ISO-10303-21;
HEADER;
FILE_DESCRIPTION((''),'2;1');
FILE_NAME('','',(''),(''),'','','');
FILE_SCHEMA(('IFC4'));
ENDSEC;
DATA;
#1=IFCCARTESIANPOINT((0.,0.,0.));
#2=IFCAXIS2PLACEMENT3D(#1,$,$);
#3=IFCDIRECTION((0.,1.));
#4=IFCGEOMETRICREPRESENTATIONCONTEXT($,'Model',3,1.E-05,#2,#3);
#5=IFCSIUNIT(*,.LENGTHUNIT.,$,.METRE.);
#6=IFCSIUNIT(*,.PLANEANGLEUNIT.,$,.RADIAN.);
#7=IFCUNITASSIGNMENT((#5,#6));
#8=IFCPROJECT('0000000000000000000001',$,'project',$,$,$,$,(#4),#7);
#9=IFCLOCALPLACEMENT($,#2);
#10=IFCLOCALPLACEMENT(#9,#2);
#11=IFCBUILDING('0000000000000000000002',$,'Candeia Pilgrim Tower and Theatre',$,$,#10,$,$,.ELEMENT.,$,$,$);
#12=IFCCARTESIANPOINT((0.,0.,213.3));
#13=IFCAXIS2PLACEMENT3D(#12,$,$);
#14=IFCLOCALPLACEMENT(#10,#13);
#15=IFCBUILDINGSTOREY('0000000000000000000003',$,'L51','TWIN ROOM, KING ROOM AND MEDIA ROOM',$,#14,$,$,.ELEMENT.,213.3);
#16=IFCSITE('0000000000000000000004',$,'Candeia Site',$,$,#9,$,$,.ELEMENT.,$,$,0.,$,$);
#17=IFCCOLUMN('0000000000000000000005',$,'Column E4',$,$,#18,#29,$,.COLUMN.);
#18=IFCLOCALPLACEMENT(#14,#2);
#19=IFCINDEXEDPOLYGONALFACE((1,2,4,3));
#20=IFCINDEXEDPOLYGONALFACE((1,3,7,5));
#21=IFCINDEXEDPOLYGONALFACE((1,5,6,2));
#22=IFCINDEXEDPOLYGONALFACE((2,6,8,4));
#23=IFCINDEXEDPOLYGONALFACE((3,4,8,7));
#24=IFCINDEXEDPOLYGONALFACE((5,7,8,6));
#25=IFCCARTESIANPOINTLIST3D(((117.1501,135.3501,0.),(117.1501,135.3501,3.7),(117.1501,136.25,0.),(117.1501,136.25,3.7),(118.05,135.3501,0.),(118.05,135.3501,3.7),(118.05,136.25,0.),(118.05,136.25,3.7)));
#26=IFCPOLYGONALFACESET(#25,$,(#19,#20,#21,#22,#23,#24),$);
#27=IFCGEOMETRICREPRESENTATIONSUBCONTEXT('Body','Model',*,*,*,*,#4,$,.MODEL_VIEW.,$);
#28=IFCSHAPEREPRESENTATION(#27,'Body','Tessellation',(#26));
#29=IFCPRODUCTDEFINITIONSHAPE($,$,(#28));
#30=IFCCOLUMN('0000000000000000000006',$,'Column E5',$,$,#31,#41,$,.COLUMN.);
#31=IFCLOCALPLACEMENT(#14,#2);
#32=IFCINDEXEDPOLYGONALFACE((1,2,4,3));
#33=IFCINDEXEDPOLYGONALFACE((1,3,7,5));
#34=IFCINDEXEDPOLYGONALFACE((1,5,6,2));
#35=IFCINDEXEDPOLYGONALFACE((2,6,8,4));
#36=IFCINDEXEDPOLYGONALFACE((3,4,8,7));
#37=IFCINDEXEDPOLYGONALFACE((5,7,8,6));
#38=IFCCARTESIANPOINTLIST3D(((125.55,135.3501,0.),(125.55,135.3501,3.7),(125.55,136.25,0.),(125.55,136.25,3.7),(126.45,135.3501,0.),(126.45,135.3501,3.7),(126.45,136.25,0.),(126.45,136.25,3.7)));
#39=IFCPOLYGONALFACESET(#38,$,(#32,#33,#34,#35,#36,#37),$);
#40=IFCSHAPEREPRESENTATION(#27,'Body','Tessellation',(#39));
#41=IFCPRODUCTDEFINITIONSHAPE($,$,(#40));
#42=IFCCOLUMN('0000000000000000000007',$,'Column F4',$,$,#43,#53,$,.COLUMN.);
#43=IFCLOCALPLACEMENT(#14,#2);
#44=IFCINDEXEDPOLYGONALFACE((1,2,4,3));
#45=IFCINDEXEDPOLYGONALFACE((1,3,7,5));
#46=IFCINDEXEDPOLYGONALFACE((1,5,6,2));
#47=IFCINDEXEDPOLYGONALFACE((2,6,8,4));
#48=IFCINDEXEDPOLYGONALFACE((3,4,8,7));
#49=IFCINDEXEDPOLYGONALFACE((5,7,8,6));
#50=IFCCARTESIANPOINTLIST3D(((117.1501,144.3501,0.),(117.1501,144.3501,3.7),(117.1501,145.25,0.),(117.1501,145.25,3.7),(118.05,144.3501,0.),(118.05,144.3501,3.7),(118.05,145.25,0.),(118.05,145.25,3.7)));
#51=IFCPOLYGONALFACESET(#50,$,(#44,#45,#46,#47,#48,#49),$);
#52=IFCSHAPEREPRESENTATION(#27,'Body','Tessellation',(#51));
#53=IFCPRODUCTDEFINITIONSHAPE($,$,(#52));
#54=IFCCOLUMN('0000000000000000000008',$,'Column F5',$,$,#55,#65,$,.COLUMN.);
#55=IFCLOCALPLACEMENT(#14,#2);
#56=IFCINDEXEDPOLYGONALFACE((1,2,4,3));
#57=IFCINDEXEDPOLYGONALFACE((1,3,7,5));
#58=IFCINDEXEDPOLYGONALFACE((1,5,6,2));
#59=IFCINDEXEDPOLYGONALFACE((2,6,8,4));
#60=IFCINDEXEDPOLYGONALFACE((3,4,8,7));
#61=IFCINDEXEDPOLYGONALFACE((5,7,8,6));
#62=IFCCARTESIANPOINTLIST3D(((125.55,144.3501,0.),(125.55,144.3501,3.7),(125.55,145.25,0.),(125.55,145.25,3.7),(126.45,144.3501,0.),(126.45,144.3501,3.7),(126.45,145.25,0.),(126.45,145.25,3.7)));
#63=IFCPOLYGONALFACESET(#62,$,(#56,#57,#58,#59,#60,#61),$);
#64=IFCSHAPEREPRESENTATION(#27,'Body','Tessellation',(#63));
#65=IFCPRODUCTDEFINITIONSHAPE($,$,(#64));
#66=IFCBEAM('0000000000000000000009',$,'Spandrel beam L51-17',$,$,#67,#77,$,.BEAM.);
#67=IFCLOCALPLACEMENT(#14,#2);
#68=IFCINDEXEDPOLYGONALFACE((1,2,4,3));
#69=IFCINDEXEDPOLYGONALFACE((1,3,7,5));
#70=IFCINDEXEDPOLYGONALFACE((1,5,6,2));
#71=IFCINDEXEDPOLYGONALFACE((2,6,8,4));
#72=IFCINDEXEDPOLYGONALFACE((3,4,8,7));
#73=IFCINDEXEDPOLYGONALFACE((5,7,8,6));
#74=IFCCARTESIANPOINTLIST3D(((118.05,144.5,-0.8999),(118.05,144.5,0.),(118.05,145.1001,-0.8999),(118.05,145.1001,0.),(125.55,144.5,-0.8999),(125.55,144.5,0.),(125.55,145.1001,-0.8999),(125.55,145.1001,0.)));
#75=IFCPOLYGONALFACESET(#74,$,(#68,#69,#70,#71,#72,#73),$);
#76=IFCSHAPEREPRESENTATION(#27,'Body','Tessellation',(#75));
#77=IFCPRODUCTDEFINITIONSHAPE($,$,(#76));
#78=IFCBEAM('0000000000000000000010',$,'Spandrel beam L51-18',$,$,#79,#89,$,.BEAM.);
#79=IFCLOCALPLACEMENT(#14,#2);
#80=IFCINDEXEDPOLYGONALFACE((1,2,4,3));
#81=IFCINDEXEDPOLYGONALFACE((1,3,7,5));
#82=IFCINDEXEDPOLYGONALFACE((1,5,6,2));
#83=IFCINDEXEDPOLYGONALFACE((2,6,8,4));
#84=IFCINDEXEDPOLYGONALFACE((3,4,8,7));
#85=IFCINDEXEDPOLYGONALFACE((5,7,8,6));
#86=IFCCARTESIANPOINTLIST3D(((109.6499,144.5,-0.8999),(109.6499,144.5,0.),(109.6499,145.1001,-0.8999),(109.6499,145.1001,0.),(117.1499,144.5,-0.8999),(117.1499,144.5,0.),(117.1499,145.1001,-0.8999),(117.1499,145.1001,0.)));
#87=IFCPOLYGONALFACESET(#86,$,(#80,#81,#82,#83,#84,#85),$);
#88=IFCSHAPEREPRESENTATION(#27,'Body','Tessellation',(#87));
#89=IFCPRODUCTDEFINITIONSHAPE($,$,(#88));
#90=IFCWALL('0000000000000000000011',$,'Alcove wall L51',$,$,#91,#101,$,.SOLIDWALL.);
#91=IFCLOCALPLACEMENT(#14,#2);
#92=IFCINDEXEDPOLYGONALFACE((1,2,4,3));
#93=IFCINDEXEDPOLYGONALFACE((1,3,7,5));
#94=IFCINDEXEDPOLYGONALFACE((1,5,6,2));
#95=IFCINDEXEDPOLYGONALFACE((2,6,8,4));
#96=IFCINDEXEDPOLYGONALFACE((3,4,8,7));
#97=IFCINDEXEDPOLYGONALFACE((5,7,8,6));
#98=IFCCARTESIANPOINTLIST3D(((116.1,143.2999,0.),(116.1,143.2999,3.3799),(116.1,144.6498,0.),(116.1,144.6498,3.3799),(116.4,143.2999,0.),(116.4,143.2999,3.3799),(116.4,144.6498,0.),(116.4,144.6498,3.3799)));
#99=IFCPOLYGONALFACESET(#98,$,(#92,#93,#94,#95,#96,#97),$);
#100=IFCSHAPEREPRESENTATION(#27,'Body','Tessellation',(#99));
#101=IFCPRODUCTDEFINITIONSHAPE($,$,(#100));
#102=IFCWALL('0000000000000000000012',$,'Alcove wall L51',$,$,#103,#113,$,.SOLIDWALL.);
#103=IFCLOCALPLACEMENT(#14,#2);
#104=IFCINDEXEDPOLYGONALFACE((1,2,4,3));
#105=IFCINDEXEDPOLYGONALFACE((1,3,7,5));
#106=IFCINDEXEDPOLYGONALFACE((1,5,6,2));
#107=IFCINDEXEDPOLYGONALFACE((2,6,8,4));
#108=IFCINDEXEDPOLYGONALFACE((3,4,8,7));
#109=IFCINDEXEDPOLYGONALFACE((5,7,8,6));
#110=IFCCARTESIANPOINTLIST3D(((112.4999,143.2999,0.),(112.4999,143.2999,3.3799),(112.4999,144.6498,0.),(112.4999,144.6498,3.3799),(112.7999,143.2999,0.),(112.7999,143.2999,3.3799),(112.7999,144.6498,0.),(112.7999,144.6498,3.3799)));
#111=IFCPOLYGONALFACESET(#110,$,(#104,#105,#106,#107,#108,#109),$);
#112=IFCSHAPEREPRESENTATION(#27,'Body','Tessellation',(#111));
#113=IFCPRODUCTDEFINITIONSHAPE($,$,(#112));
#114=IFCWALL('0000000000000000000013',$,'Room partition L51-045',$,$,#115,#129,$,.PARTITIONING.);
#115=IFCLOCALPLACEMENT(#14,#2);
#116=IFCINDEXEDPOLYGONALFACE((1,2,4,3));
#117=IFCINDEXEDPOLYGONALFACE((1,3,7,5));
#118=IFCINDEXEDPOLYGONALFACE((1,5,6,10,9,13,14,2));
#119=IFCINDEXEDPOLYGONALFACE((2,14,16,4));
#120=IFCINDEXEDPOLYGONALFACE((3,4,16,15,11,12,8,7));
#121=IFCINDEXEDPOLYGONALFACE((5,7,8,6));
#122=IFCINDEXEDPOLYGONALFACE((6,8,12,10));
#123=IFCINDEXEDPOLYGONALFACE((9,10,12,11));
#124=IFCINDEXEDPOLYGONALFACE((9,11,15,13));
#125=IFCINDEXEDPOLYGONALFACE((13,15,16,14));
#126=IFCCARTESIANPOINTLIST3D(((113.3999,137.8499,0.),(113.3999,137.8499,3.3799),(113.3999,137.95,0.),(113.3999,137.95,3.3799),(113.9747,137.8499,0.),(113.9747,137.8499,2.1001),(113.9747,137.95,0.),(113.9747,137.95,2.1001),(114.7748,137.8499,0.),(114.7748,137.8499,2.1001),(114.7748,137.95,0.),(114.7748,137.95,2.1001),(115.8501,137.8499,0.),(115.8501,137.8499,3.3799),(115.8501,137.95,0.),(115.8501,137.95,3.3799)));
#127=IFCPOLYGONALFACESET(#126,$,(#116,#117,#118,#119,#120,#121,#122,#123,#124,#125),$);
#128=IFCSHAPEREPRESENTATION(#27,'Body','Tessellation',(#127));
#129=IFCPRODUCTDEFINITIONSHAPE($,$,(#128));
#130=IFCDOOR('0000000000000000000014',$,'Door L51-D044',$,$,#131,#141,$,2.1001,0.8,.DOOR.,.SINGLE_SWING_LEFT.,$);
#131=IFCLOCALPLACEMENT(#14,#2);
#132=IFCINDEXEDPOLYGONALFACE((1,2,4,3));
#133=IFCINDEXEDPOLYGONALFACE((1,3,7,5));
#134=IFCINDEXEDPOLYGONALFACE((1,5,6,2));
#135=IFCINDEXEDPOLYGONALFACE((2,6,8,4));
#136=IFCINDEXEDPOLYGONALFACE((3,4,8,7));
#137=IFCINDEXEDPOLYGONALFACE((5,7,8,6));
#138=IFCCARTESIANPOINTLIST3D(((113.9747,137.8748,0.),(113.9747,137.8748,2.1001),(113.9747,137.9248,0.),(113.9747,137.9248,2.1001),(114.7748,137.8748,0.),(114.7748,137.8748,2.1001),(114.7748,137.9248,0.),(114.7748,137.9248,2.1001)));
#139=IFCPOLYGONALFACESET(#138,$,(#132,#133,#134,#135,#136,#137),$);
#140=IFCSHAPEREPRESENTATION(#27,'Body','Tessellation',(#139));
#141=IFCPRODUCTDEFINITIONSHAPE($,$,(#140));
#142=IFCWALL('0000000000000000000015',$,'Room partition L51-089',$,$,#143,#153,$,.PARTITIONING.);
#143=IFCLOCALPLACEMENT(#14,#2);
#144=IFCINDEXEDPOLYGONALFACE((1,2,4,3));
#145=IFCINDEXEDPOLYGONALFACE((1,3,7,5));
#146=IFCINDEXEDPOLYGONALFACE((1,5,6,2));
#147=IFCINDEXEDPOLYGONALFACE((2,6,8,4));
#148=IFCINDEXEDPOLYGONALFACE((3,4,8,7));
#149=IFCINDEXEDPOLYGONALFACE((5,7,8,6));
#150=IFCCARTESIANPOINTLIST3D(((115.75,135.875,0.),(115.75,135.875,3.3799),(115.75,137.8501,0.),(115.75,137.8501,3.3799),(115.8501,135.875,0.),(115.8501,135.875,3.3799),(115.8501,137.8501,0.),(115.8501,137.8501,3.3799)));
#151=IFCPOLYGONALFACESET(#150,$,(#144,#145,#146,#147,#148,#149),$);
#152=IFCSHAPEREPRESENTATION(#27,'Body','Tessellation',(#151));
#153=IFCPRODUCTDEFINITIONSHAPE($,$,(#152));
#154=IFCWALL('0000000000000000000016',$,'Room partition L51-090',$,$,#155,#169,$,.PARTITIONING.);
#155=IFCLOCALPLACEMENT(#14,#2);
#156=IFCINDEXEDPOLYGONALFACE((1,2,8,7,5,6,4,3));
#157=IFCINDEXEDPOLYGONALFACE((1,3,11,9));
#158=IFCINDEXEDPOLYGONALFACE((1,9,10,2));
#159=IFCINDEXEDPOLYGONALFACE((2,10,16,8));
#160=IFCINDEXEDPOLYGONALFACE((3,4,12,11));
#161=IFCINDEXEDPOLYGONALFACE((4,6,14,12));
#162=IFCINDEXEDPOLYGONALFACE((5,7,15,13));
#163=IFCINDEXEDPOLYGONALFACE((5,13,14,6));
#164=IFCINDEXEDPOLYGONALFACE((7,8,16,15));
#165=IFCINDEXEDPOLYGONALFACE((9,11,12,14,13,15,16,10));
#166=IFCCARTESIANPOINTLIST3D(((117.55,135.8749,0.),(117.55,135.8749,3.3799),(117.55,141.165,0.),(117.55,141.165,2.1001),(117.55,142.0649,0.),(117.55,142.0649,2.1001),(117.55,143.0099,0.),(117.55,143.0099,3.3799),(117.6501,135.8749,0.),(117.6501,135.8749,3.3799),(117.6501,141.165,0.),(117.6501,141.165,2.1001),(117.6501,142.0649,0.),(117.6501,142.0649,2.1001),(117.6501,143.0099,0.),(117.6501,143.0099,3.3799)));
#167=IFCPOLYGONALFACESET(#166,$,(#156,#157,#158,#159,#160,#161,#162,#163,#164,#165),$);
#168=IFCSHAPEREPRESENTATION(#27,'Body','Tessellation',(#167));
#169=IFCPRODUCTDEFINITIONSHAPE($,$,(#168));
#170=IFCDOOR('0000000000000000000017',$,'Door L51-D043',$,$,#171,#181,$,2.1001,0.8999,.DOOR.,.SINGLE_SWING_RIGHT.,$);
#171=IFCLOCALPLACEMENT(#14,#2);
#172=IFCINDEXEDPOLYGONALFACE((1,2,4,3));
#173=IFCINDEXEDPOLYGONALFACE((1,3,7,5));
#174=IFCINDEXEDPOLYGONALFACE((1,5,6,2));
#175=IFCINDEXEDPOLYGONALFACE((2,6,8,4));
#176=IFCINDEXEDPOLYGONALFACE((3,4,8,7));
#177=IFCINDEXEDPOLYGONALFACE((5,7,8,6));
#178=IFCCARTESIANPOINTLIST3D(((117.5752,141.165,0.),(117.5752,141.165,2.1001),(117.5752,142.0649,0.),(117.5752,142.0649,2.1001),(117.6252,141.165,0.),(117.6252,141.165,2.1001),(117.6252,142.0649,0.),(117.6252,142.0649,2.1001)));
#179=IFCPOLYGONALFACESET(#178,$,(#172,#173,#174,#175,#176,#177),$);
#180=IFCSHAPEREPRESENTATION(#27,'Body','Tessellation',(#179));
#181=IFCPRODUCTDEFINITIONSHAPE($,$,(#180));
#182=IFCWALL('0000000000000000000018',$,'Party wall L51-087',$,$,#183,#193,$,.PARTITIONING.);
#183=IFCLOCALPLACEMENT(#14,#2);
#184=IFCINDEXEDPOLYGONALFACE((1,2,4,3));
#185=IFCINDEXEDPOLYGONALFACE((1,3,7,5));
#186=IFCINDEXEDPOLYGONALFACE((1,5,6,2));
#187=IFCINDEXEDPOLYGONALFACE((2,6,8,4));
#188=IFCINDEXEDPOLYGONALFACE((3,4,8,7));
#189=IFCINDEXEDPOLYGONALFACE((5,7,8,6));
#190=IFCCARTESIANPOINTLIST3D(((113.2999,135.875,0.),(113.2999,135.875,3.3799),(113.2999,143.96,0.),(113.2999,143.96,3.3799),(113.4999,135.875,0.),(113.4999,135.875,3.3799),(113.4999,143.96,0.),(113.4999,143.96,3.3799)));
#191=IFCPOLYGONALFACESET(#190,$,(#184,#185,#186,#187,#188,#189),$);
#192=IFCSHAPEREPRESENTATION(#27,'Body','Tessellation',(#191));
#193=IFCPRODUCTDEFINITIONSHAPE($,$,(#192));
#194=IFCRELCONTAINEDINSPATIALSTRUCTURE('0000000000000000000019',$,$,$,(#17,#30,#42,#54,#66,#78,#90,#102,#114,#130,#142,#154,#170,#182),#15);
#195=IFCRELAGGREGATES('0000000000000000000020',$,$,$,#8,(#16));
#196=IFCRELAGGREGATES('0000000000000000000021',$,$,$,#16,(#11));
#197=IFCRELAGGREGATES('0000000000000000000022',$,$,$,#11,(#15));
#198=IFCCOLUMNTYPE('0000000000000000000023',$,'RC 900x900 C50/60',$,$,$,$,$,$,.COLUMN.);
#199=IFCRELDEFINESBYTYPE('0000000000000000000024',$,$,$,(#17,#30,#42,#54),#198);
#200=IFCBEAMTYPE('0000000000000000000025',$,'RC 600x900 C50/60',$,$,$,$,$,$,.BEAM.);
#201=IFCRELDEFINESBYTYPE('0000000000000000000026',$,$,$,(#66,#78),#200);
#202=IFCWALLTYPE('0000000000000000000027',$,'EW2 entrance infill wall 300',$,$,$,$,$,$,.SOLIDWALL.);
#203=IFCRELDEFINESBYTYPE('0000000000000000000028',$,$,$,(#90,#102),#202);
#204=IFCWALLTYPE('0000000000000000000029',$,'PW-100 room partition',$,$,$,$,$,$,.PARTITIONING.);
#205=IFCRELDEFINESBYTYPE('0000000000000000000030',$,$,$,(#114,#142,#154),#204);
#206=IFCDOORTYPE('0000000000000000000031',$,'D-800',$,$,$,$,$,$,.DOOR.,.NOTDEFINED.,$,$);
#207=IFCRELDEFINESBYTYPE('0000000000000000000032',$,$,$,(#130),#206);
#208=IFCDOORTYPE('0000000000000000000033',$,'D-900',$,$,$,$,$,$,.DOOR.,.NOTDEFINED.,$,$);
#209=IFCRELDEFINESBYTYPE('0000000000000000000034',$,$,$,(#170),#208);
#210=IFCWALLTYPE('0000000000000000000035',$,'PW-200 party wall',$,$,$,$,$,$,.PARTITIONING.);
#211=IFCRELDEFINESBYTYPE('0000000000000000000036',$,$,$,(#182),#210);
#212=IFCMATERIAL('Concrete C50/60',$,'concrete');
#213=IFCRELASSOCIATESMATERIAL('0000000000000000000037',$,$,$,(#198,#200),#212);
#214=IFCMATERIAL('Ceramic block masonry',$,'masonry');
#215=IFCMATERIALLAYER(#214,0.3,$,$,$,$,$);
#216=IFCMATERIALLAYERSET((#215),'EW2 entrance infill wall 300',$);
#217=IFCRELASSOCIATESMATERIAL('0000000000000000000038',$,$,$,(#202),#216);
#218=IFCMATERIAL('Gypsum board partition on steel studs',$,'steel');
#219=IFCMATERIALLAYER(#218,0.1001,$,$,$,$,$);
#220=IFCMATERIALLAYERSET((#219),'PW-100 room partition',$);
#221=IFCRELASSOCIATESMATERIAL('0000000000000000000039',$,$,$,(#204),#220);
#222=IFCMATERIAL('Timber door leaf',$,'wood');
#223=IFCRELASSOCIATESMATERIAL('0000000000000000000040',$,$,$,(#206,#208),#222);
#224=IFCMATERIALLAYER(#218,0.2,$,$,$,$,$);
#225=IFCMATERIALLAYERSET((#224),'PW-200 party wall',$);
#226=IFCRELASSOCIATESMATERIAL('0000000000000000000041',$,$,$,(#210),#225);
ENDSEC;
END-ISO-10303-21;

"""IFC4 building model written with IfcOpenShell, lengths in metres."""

from ifc_helpers import new_model, si_unit, direction, frame, frame_2d, origin, origin_2d, place, context, subcontext, project, spatial, rectangle, extrude, material, layer, layer_set, material_profile, profile_set, type_object, element, fill, save


model = new_model("IFC4")

# Units and contexts
model_context = context("Model", 3, precision=1e-05, world=origin(), true_north=direction((0.0, 1.0)))
body_context = subcontext(model_context, "Body", "Model", "MODEL_VIEW")
ifc_project = project(units=[si_unit("LENGTHUNIT", "METRE"), si_unit("PLANEANGLEUNIT", "RADIAN")], contexts=[model_context])

# Site, building, storey
site_placement = place(None, origin())
site = spatial("IfcSite", under=ifc_project, at=site_placement, Name="Candeia Site", CompositionType="ELEMENT", RefElevation=0.0)
building_placement = place(site_placement, origin())
building = spatial("IfcBuilding", under=site, at=building_placement, Name="Candeia Pilgrim Tower and Theatre", CompositionType="ELEMENT")
storey_placement = place(building_placement, frame((0.0, 0.0, 213.3)))
storey = spatial("IfcBuildingStorey", under=building, at=storey_placement, Name="L51", Description="TWIN ROOM, KING ROOM AND MEDIA ROOM", CompositionType="ELEMENT", Elevation=213.3)

# Columns
ifc_material_1 = material(Name="Concrete C50/60", Category="concrete")
ifc_material_profile_1 = material_profile(ifc_material_1, rectangle(XDim=0.8999, YDim=0.8999, at=origin_2d()))
ifc_profile_set_1 = profile_set([ifc_material_profile_1], Name="Concrete C50/60")
column_type = type_object("IfcColumnType", Name="RC 900x900 C50/60", PredefinedType="COLUMN", material=ifc_profile_set_1)
for number, where, z_axis, x_axis, name in (
    (1, (117.6001, 135.8, 0.0), (0.0, 0.0, 1.0), (1.0, 0.0, 0.0), "Column E4"),
    (2, (126.0, 135.8, 0.0), (0.0, 0.0, 1.0), (1.0, 0.0, 0.0), "Column E5"),
    (3, (117.6001, 144.8, 0.0), (0.0, 0.0, 1.0), (1.0, 0.0, 0.0), "Column F4"),
    (4, (126.0, 144.8, 0.0), (0.0, 0.0, 1.0), (1.0, 0.0, 0.0), "Column F5"),
):
    element("IfcColumn", number, at=place(storey_placement, frame(where, z_axis=z_axis, x_axis=x_axis)), inside=storey, type_object=column_type, Name=name, PredefinedType="COLUMN", context=body_context, shape_type="SweptSolid", body=[
        extrude(rectangle(XDim=0.8999, YDim=0.8999, at=origin_2d()), origin(), (0.0, 0.0, 1.0), 3.7),
    ])

# Beams
ifc_material_profile_2 = material_profile(ifc_material_1, rectangle(XDim=0.6001, YDim=0.8999, at=origin_2d()))
ifc_profile_set_2 = profile_set([ifc_material_profile_2], Name="Concrete C50/60")
beam_type = type_object("IfcBeamType", Name="RC 600x900 C50/60", PredefinedType="BEAM", material=ifc_profile_set_2)
for number, where, z_axis, x_axis, name in (
    (5, (125.55, 144.8, -0.45), (-1.0, 0.0, 0.0), (0.0, -1.0, 0.0), "Spandrel beam L51-17"),
    (6, (117.1499, 144.8, -0.45), (-1.0, 0.0, 0.0), (0.0, -1.0, 0.0), "Spandrel beam L51-18"),
):
    element("IfcBeam", number, at=place(storey_placement, frame(where, z_axis=z_axis, x_axis=x_axis)), inside=storey, type_object=beam_type, Name=name, PredefinedType="BEAM", context=body_context, shape_type="SweptSolid", body=[
        extrude(rectangle(XDim=0.6001, YDim=0.8999, at=origin_2d()), origin(), (0.0, 0.0, 1.0), 7.5),
    ])

# Walls
ifc_material_2 = material(Name="Ceramic block masonry", Category="masonry")
ifc_layer_1 = layer(ifc_material_2, 0.3)
ifc_layer_set_1 = layer_set([ifc_layer_1], Name="EW2 entrance infill wall 300")
wall_type_1 = type_object("IfcWallType", Name="EW2 entrance infill wall 300", PredefinedType="SOLIDWALL", material=ifc_layer_set_1)
for number, where, z_axis, x_axis, name in (
    (7, (116.25, 143.3, 0.0), (0.0, 0.0, 1.0), (0.0, 1.0, 0.0), "Alcove wall L51"),
    (8, (112.6499, 143.3, 0.0), (0.0, 0.0, 1.0), (0.0, 1.0, 0.0), "Alcove wall L51"),
):
    element("IfcWall", number, at=place(storey_placement, frame(where, z_axis=z_axis, x_axis=x_axis)), inside=storey, type_object=wall_type_1, Name=name, PredefinedType="SOLIDWALL", context=body_context, shape_type="SweptSolid", body=[
        extrude(rectangle(XDim=1.3499, YDim=0.3, at=frame_2d((0.6748, 0.0))), origin(), (0.0, 0.0, 1.0), 3.3799),
    ])

# Wall, opening, door
ifc_material_3 = material(Name="Gypsum board partition on steel studs", Category="steel")
ifc_layer_2 = layer(ifc_material_3, 0.1001)
ifc_layer_set_2 = layer_set([ifc_layer_2], Name="PW-100 room partition")
wall_type_2 = type_object("IfcWallType", Name="PW-100 room partition", PredefinedType="PARTITIONING", material=ifc_layer_set_2)
wall_1_placement = place(storey_placement, frame((113.3999, 137.8999, 0.0), z_axis=(0.0, 0.0, 1.0), x_axis=(1.0, 0.0, 0.0)))
wall_1 = element("IfcWall", 9, at=wall_1_placement, inside=storey, type_object=wall_type_2, Name="Room partition L51-045", PredefinedType="PARTITIONING", context=body_context, shape_type="SweptSolid", body=[
    extrude(rectangle(XDim=2.4502, YDim=0.1001, at=frame_2d((1.2251, 0.0))), origin(), (0.0, 0.0, 1.0), 3.3799),
])
opening_1_placement = place(wall_1_placement, frame((0.575, 0.0, 0.0)))
opening_1 = element("IfcOpeningElement", 10, at=opening_1_placement, cuts=wall_1, PredefinedType="OPENING", context=body_context, shape_type="SweptSolid", body=[
    extrude(rectangle(XDim=0.8, YDim=2.1001, at=frame_2d((0.3999, 1.05))), frame((0.0, 0.0601, 0.0), z_axis=(0.0, -1.0, 0.0), x_axis=(1.0, 0.0, 0.0)), (0.0, 0.0, 1.0), 0.1201),
])
ifc_material_4 = material(Name="Timber door leaf", Category="wood")
door_type_1 = type_object("IfcDoorType", Name="D-800", OperationType="NOTDEFINED", PredefinedType="DOOR", material=ifc_material_4)
door_1_placement = place(opening_1_placement, origin())
door_1 = element("IfcDoor", 11, at=door_1_placement, inside=storey, type_object=door_type_1, Name="Door L51-D044", OperationType="SINGLE_SWING_LEFT", OverallHeight=2.1001, OverallWidth=0.8, PredefinedType="DOOR", context=body_context, shape_type="SweptSolid", body=[
    extrude(rectangle(XDim=0.8, YDim=2.1001, at=frame_2d((0.3999, 1.05))), frame((0.0, 0.0249, 0.0), z_axis=(0.0, -1.0, 0.0), x_axis=(1.0, 0.0, 0.0)), (0.0, 0.0, 1.0), 0.05),
])
fill(opening_1, door_1)

# Wall
wall_2_placement = place(storey_placement, frame((115.8, 135.875, 0.0), z_axis=(0.0, 0.0, 1.0), x_axis=(0.0, 1.0, 0.0)))
element("IfcWall", 12, at=wall_2_placement, inside=storey, type_object=wall_type_2, Name="Room partition L51-089", PredefinedType="PARTITIONING", context=body_context, shape_type="SweptSolid", body=[
    extrude(rectangle(XDim=1.9751, YDim=0.1001, at=frame_2d((0.9875, 0.0))), origin(), (0.0, 0.0, 1.0), 3.3799),
])

# Wall, opening, door
wall_3_placement = place(storey_placement, frame((117.6001, 135.875, 0.0), z_axis=(0.0, 0.0, 1.0), x_axis=(0.0, 1.0, 0.0)))
wall_3 = element("IfcWall", 13, at=wall_3_placement, inside=storey, type_object=wall_type_2, Name="Room partition L51-090", PredefinedType="PARTITIONING", context=body_context, shape_type="SweptSolid", body=[
    extrude(rectangle(XDim=7.135, YDim=0.1001, at=frame_2d((3.5674, 0.0))), origin(), (0.0, 0.0, 1.0), 3.3799),
])
opening_2_placement = place(wall_3_placement, frame((5.29, 0.0, 0.0)))
opening_2 = element("IfcOpeningElement", 14, at=opening_2_placement, cuts=wall_3, PredefinedType="OPENING", context=body_context, shape_type="SweptSolid", body=[
    extrude(rectangle(XDim=0.8999, YDim=2.1001, at=frame_2d((0.45, 1.05))), frame((0.0, 0.0601, 0.0), z_axis=(0.0, -1.0, 0.0), x_axis=(1.0, 0.0, 0.0)), (0.0, 0.0, 1.0), 0.1201),
])
door_type_2 = type_object("IfcDoorType", Name="D-900", OperationType="NOTDEFINED", PredefinedType="DOOR", material=ifc_material_4)
door_2_placement = place(opening_2_placement, origin())
door_2 = element("IfcDoor", 15, at=door_2_placement, inside=storey, type_object=door_type_2, Name="Door L51-D043", OperationType="SINGLE_SWING_RIGHT", OverallHeight=2.1001, OverallWidth=0.8999, PredefinedType="DOOR", context=body_context, shape_type="SweptSolid", body=[
    extrude(rectangle(XDim=0.8999, YDim=2.1001, at=frame_2d((0.45, 1.05))), frame((0.0, 0.0249, 0.0), z_axis=(0.0, -1.0, 0.0), x_axis=(1.0, 0.0, 0.0)), (0.0, 0.0, 1.0), 0.05),
])
fill(opening_2, door_2)

# Wall
ifc_layer_3 = layer(ifc_material_3, 0.2)
ifc_layer_set_3 = layer_set([ifc_layer_3], Name="PW-200 party wall")
wall_type_3 = type_object("IfcWallType", Name="PW-200 party wall", PredefinedType="PARTITIONING", material=ifc_layer_set_3)
wall_4_placement = place(storey_placement, frame((113.3999, 135.875, 0.0), z_axis=(0.0, 0.0, 1.0), x_axis=(0.0, 1.0, 0.0)))
element("IfcWall", 16, at=wall_4_placement, inside=storey, type_object=wall_type_3, Name="Party wall L51-087", PredefinedType="PARTITIONING", context=body_context, shape_type="SweptSolid", body=[
    extrude(rectangle(XDim=8.085, YDim=0.2, at=frame_2d((4.0425, 0.0))), origin(), (0.0, 0.0, 1.0), 3.3799),
])

save(model, "model.ifc")
